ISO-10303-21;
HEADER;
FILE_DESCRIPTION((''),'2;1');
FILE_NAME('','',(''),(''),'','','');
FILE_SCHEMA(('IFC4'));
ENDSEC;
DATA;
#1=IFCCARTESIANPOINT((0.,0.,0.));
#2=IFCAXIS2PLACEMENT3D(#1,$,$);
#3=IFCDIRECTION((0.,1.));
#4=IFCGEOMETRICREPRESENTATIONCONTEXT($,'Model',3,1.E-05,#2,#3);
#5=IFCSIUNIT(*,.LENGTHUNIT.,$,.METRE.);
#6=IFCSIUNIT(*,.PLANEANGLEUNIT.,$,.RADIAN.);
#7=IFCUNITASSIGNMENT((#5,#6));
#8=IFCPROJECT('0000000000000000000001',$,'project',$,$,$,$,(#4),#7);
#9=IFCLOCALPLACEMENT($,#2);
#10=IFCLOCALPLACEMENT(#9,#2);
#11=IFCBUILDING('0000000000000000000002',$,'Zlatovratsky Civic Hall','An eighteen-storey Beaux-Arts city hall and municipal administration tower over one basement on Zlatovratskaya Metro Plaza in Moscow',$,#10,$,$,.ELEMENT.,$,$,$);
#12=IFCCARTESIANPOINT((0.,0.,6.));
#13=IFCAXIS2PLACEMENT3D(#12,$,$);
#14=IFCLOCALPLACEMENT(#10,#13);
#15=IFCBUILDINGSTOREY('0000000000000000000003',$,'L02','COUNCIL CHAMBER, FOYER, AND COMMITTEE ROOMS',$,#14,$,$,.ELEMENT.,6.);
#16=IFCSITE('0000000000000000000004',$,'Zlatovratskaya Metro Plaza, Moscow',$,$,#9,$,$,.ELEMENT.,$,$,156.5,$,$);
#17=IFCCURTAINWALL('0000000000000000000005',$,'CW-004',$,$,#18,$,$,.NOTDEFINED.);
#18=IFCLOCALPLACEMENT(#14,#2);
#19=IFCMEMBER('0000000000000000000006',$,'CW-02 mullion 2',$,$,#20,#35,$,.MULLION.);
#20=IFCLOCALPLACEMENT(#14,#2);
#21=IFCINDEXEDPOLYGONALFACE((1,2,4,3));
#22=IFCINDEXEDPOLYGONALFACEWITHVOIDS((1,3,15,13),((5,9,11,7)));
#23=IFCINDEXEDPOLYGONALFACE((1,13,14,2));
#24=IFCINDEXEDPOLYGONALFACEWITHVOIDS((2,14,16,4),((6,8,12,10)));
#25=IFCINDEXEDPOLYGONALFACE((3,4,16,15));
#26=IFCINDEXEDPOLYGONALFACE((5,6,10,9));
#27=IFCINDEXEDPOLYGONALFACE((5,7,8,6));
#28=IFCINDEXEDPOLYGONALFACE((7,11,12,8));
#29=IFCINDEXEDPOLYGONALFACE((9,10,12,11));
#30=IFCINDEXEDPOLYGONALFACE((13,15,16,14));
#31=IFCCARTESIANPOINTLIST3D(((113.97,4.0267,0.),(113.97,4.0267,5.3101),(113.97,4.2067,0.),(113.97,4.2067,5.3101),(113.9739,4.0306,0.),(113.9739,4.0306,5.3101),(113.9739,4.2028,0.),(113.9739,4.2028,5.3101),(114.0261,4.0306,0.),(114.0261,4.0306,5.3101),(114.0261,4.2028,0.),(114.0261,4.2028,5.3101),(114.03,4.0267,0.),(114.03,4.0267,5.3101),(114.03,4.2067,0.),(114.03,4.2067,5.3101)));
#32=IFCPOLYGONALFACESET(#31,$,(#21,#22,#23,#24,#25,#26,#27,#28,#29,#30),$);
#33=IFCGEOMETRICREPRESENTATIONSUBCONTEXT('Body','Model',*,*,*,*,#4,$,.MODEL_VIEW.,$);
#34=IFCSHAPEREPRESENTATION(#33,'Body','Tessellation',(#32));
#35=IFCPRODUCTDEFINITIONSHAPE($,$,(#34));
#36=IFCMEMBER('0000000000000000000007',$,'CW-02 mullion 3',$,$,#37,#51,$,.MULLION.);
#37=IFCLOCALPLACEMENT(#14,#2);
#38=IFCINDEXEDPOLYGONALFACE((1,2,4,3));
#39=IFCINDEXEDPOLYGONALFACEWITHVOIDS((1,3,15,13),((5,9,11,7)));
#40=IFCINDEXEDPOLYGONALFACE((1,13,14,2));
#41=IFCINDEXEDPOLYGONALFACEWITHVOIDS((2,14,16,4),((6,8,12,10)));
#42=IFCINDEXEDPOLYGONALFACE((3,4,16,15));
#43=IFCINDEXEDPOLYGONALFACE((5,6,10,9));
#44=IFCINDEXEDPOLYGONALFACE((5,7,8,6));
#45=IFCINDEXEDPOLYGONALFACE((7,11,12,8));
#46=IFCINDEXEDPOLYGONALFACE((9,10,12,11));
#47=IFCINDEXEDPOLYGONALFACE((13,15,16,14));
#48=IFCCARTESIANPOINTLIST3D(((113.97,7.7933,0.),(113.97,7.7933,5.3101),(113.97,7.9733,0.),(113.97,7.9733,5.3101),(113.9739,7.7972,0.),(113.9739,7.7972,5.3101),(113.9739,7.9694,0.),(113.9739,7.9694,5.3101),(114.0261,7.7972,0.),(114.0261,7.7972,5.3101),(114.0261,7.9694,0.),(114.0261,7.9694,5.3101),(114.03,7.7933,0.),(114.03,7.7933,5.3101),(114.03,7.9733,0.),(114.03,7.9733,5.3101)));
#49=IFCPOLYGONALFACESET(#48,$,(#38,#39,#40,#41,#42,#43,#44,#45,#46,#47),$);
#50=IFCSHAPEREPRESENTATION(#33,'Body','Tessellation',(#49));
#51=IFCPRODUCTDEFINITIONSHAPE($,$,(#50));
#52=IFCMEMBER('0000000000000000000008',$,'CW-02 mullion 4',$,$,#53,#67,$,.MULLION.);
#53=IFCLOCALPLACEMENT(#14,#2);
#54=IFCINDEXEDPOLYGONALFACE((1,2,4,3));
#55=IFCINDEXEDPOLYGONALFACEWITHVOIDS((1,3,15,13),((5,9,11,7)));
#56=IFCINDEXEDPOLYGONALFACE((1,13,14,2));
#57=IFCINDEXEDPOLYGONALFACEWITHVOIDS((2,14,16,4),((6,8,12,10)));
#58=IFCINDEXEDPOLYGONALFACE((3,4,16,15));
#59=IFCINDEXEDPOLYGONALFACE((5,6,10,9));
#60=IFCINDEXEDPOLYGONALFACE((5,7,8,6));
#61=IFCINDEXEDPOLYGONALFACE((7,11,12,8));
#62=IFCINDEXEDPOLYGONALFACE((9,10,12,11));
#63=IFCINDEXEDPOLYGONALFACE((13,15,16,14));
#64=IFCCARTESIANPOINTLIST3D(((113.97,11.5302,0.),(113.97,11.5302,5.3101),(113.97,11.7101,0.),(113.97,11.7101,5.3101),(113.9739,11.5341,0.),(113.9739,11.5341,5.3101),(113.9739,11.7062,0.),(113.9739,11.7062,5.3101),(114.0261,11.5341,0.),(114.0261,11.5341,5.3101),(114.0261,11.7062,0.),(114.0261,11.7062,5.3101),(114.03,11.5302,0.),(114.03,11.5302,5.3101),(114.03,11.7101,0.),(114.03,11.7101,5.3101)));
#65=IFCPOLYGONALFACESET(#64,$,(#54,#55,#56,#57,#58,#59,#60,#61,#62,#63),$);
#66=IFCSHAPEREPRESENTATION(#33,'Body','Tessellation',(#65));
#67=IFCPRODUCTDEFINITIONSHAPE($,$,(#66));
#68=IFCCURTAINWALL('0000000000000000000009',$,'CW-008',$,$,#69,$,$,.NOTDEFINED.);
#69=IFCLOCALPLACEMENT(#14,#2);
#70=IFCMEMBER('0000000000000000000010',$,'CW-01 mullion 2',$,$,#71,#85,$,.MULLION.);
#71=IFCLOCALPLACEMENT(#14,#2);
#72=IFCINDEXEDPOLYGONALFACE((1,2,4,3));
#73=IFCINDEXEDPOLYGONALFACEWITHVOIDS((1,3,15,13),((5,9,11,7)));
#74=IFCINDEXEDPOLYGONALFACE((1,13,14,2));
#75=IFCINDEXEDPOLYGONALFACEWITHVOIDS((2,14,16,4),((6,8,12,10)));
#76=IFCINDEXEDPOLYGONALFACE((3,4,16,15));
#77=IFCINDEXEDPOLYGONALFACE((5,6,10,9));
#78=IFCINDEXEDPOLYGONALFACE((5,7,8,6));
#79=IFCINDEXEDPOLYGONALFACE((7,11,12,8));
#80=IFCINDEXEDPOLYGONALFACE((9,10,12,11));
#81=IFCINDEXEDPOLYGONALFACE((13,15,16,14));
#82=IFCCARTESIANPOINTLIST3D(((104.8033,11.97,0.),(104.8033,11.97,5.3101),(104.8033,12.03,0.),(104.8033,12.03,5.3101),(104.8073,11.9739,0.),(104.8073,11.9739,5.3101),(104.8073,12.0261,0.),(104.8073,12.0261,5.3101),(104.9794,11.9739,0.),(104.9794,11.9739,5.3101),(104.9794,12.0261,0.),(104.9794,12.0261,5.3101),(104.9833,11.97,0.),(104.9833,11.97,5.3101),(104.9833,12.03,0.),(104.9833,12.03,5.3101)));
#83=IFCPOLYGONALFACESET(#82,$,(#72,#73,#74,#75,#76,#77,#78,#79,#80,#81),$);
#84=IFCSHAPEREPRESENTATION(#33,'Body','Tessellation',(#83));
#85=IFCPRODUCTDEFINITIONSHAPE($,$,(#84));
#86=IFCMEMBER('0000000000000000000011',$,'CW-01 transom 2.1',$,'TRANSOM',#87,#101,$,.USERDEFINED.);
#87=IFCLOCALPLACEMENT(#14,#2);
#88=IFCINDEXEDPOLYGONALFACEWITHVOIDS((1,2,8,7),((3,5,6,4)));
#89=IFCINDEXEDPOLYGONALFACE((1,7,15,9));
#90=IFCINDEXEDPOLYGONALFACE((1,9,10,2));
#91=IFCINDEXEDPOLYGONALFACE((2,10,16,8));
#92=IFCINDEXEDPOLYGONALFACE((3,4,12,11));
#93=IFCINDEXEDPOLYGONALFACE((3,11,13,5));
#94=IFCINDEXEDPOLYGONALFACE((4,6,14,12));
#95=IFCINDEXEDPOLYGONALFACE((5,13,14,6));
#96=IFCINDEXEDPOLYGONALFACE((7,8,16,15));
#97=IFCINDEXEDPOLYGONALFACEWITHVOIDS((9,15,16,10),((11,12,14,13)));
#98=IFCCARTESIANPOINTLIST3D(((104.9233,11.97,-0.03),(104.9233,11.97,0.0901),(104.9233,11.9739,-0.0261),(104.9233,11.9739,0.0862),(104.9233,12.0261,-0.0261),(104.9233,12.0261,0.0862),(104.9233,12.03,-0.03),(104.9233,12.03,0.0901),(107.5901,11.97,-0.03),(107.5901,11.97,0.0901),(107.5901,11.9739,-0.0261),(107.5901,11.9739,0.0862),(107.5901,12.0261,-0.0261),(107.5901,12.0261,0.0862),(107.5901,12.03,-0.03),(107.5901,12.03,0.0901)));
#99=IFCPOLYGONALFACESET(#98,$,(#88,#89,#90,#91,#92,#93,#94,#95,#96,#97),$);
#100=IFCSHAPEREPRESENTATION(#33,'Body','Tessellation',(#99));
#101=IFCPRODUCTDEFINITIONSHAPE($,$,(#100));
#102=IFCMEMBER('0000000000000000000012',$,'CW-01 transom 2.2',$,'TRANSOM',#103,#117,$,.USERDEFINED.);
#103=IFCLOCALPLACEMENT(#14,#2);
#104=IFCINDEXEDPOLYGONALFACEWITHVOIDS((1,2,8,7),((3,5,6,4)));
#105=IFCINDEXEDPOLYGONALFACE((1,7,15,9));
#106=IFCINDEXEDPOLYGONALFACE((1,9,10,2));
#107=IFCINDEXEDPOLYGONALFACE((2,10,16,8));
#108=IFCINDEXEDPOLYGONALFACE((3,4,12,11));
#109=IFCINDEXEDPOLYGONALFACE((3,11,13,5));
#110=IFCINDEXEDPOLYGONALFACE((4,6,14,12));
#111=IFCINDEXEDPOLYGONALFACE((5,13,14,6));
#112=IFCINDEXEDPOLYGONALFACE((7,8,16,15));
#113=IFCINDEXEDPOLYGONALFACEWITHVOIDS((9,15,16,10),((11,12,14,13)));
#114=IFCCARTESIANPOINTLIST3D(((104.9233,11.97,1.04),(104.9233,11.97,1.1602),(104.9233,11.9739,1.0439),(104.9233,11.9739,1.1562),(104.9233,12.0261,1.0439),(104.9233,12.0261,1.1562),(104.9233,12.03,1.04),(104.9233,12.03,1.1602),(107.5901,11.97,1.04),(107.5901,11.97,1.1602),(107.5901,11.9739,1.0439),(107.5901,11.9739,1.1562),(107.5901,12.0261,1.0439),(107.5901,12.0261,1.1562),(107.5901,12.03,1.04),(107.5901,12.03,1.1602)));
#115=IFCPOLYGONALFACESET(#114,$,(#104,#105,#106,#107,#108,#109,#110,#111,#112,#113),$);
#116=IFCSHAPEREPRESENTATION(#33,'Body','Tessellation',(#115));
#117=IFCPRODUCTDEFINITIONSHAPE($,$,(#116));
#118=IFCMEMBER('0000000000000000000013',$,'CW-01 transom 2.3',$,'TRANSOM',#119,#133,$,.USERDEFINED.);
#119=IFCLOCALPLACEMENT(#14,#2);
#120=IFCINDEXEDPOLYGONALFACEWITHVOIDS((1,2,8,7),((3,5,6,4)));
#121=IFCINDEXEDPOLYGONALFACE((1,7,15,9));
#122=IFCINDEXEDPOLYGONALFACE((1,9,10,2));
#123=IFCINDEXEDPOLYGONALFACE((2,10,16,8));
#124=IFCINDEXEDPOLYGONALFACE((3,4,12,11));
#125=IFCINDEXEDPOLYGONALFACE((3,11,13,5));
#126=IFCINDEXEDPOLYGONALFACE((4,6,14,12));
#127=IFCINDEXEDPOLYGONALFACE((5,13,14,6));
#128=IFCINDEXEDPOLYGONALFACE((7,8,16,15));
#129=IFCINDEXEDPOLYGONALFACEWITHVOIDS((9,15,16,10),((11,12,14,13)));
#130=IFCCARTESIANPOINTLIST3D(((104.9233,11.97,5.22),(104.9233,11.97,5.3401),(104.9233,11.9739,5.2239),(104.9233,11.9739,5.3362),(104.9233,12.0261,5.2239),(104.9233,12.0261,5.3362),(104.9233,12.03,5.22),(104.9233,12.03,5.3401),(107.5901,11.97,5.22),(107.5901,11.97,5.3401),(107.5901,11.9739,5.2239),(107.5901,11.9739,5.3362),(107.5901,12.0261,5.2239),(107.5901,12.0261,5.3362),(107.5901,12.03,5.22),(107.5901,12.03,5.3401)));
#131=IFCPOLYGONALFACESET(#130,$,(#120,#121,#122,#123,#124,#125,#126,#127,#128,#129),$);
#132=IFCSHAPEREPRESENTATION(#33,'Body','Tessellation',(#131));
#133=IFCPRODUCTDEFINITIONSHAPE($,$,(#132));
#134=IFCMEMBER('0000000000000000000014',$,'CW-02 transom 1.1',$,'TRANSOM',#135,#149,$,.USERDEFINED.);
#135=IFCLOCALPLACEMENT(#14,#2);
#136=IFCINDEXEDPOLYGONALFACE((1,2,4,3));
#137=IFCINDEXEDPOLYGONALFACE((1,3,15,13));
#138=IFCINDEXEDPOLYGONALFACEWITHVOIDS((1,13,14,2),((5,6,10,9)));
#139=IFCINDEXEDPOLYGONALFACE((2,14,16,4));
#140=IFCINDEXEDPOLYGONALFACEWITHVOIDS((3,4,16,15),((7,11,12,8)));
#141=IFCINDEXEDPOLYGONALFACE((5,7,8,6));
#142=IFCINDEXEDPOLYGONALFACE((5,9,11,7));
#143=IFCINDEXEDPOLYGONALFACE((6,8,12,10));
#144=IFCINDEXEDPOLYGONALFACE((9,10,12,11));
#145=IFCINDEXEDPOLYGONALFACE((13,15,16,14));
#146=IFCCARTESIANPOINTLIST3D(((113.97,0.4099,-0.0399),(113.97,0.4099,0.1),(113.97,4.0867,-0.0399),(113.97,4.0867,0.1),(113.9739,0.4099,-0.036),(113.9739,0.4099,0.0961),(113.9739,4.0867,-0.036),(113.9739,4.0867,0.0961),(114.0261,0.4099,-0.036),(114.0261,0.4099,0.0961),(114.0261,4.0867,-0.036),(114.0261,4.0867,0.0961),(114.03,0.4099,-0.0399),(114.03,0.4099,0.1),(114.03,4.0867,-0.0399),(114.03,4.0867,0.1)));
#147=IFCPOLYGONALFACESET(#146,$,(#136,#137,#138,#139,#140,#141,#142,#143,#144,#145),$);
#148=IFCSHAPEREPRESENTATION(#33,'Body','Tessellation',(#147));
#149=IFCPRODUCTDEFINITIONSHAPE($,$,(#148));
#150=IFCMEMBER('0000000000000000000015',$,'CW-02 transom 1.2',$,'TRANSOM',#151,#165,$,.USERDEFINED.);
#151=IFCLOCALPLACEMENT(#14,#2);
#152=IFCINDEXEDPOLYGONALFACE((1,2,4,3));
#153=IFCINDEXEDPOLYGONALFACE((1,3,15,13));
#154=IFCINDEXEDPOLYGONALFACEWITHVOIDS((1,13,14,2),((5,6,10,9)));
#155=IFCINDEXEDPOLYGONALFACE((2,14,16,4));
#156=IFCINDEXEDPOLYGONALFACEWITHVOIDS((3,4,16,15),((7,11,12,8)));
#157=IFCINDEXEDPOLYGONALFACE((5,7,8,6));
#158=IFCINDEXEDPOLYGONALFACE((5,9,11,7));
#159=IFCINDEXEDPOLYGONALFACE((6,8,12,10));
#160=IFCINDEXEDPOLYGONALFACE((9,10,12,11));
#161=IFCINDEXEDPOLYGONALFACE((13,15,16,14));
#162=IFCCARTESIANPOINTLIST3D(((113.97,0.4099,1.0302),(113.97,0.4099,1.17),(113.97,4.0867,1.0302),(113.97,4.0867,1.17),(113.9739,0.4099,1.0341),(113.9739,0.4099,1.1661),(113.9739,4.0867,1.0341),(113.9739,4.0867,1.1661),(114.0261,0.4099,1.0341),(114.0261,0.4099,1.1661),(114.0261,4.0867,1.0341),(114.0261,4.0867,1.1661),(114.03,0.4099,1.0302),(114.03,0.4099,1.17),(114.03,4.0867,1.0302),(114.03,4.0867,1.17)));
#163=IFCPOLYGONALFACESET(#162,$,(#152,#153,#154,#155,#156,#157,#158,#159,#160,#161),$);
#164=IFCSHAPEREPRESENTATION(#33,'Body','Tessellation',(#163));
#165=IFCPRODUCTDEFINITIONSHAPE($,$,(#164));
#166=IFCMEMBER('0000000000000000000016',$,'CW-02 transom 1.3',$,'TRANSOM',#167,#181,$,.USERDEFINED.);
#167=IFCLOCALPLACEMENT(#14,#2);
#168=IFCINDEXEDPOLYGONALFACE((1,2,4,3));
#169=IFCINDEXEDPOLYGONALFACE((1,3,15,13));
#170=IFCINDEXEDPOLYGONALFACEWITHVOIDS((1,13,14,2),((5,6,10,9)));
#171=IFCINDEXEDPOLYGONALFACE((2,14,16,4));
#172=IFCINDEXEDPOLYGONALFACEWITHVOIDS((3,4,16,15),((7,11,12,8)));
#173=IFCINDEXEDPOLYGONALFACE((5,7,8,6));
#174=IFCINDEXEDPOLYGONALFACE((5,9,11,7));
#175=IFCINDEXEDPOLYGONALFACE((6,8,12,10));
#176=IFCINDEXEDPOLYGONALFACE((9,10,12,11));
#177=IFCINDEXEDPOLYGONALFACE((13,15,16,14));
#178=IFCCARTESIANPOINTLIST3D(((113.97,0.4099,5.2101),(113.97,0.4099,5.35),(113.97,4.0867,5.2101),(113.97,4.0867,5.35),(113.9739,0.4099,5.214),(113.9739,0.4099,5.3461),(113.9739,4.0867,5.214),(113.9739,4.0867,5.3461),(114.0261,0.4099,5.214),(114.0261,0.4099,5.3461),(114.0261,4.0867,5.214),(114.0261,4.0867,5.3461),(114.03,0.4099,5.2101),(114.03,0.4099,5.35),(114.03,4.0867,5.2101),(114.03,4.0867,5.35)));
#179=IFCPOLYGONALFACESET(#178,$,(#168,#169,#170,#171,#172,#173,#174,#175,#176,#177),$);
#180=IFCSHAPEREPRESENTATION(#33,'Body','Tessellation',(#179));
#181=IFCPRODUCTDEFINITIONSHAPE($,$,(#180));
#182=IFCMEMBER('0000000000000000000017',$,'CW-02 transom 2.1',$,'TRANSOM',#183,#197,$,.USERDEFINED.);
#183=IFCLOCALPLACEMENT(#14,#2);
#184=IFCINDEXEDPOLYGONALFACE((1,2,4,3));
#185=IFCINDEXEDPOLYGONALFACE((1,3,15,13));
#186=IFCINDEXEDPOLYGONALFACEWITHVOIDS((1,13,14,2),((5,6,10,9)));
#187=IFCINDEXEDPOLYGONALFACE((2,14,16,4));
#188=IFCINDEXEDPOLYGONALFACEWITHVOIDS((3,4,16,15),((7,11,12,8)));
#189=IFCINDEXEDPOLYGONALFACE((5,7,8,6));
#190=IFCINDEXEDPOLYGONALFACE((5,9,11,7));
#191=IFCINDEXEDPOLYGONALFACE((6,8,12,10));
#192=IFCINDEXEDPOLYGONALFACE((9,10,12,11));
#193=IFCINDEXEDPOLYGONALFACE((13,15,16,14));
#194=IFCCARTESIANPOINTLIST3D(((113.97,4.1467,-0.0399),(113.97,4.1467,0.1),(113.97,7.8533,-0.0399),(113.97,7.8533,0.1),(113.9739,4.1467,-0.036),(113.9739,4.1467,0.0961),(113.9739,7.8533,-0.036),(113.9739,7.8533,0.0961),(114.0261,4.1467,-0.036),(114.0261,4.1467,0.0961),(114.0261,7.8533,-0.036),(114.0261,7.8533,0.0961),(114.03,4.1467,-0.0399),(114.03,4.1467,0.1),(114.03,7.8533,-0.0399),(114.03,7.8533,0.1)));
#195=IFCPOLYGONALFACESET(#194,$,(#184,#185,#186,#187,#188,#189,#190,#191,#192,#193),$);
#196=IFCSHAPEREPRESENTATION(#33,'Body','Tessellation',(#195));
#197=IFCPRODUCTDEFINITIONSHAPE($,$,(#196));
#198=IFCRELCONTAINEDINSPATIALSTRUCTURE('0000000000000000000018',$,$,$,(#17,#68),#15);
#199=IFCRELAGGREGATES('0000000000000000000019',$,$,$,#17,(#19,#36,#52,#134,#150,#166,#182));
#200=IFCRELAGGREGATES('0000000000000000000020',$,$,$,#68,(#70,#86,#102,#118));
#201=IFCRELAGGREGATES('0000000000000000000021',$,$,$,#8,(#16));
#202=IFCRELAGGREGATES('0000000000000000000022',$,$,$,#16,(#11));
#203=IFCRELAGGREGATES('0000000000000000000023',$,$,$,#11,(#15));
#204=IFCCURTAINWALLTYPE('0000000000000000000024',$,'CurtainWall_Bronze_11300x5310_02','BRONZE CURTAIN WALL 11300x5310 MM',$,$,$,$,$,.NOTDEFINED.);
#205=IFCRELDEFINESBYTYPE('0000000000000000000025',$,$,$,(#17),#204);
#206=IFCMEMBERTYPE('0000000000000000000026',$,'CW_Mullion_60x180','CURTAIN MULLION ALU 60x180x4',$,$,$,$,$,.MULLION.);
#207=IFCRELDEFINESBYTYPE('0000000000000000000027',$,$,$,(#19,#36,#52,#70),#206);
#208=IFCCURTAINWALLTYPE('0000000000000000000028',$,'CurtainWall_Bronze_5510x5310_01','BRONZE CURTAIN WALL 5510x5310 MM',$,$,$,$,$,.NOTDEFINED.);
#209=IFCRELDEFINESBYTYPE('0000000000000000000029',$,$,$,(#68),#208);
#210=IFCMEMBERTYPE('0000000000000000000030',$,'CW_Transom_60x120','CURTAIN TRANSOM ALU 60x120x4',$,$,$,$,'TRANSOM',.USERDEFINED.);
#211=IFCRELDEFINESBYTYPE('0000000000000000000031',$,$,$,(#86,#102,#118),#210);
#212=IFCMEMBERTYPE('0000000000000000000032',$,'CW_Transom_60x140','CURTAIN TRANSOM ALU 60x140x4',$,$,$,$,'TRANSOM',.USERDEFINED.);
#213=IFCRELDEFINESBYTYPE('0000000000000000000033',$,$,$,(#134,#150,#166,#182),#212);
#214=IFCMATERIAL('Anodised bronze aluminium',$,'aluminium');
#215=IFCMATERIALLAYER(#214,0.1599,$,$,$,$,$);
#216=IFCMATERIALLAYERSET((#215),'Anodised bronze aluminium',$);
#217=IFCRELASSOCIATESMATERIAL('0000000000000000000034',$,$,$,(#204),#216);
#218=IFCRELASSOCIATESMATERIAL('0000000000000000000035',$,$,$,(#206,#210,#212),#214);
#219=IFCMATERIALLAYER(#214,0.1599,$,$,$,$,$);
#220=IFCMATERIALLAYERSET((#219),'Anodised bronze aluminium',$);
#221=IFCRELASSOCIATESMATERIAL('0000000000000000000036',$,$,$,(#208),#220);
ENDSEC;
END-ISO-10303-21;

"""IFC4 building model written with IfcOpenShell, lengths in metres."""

from ifc_helpers import new_model, si_unit, direction, frame, origin, origin_2d, place, context, subcontext, project, spatial, hollow_rectangle, extrude, material, layer, layer_set, material_profile, profile_set, type_object, element, aggregate, save


model = new_model("IFC4")

# Units and contexts
model_context = context("Model", 3, precision=1e-05, world=origin(), true_north=direction((0.0, 1.0)))
body_context = subcontext(model_context, "Body", "Model", "MODEL_VIEW")
ifc_project = project(units=[si_unit("LENGTHUNIT", "METRE"), si_unit("PLANEANGLEUNIT", "RADIAN")], contexts=[model_context])

# Site, building, storey
site_placement = place(None, origin())
site = spatial("IfcSite", under=ifc_project, at=site_placement, Name="Zlatovratskaya Metro Plaza, Moscow", CompositionType="ELEMENT", RefElevation=156.5)
building_placement = place(site_placement, origin())
building = spatial("IfcBuilding", under=site, at=building_placement, Name="Zlatovratsky Civic Hall", Description="An eighteen-storey Beaux-Arts city hall and municipal administration tower over one basement on Zlatovratskaya Metro Plaza in Moscow", CompositionType="ELEMENT")
storey_placement = place(building_placement, frame((0.0, 0.0, 6.0)))
storey = spatial("IfcBuildingStorey", under=building, at=storey_placement, Name="L02", Description="COUNCIL CHAMBER, FOYER, AND COMMITTEE ROOMS", CompositionType="ELEMENT", Elevation=6.0)

# Curtain walls, members
ifc_material_1 = material(Name="Anodised bronze aluminium", Category="aluminium")
ifc_layer_1 = layer(ifc_material_1, 0.1599)
ifc_layer_set_1 = layer_set([ifc_layer_1], Name="Anodised bronze aluminium")
curtain_wall_type_1 = type_object("IfcCurtainWallType", Name="CurtainWall_Bronze_11300x5310_02", Description="BRONZE CURTAIN WALL 11300x5310 MM", PredefinedType="NOTDEFINED", material=ifc_layer_set_1)
curtain_wall_1_placement = place(storey_placement, origin())
curtain_wall_1 = element("IfcCurtainWall", 1, at=curtain_wall_1_placement, inside=storey, type_object=curtain_wall_type_1, Name="CW-004", PredefinedType="NOTDEFINED")
ifc_material_profile_1 = material_profile(ifc_material_1, hollow_rectangle(XDim=0.0601, YDim=0.1799, WallThickness=0.0039, at=origin_2d()), Name="ALU 60x180x4")
ifc_profile_set_1 = profile_set([ifc_material_profile_1], Name="Anodised bronze aluminium")
member_type_1 = type_object("IfcMemberType", Name="CW_Mullion_60x180", Description="CURTAIN MULLION ALU 60x180x4", PredefinedType="MULLION", material=ifc_profile_set_1)
member_1_placement = place(storey_placement, frame((114.0, 4.1167, 0.0), z_axis=(0.0, 0.0, 1.0), x_axis=(-1.0, 0.0, 0.0)))
member_1 = element("IfcMember", 2, at=member_1_placement, type_object=member_type_1, Name="CW-02 mullion 2", PredefinedType="MULLION", context=body_context, shape_type="SweptSolid", body=[
    extrude(hollow_rectangle(XDim=0.0601, YDim=0.1799, WallThickness=0.0039, at=origin_2d()), origin(), (0.0, 0.0, 1.0), 5.3101),
])
member_2_placement = place(storey_placement, frame((114.0, 7.8833, 0.0), z_axis=(0.0, 0.0, 1.0), x_axis=(-1.0, 0.0, 0.0)))
member_2 = element("IfcMember", 3, at=member_2_placement, type_object=member_type_1, Name="CW-02 mullion 3", PredefinedType="MULLION", context=body_context, shape_type="SweptSolid", body=[
    extrude(hollow_rectangle(XDim=0.0601, YDim=0.1799, WallThickness=0.0039, at=origin_2d()), origin(), (0.0, 0.0, 1.0), 5.3101),
])
member_3_placement = place(storey_placement, frame((114.0, 11.6201, 0.0), z_axis=(0.0, 0.0, 1.0), x_axis=(-1.0, 0.0, 0.0)))
member_3 = element("IfcMember", 4, at=member_3_placement, type_object=member_type_1, Name="CW-02 mullion 4", PredefinedType="MULLION", context=body_context, shape_type="SweptSolid", body=[
    extrude(hollow_rectangle(XDim=0.0601, YDim=0.1799, WallThickness=0.0039, at=origin_2d()), origin(), (0.0, 0.0, 1.0), 5.3101),
])
ifc_layer_2 = layer(ifc_material_1, 0.1599)
ifc_layer_set_2 = layer_set([ifc_layer_2], Name="Anodised bronze aluminium")
curtain_wall_type_2 = type_object("IfcCurtainWallType", Name="CurtainWall_Bronze_5510x5310_01", Description="BRONZE CURTAIN WALL 5510x5310 MM", PredefinedType="NOTDEFINED", material=ifc_layer_set_2)
curtain_wall_2_placement = place(storey_placement, origin())
curtain_wall_2 = element("IfcCurtainWall", 5, at=curtain_wall_2_placement, inside=storey, type_object=curtain_wall_type_2, Name="CW-008", PredefinedType="NOTDEFINED")
member_4_placement = place(storey_placement, frame((104.8933, 12.0, 0.0), z_axis=(0.0, 0.0, 1.0), x_axis=(0.0, 1.0, 0.0)))
member_4 = element("IfcMember", 6, at=member_4_placement, type_object=member_type_1, Name="CW-01 mullion 2", PredefinedType="MULLION", context=body_context, shape_type="SweptSolid", body=[
    extrude(hollow_rectangle(XDim=0.0601, YDim=0.1799, WallThickness=0.0039, at=origin_2d()), origin(), (0.0, 0.0, 1.0), 5.3101),
])
ifc_material_profile_2 = material_profile(ifc_material_1, hollow_rectangle(XDim=0.0601, YDim=0.1201, WallThickness=0.0039, at=origin_2d()), Name="ALU 60x120x4")
ifc_profile_set_2 = profile_set([ifc_material_profile_2], Name="Anodised bronze aluminium")
member_type_2 = type_object("IfcMemberType", Name="CW_Transom_60x120", Description="CURTAIN TRANSOM ALU 60x120x4", ElementType="TRANSOM", PredefinedType="USERDEFINED", material=ifc_profile_set_2)
member_5_placement = place(storey_placement, frame((104.9233, 12.0, 0.03), z_axis=(1.0, 0.0, 0.0), x_axis=(0.0, 1.0, 0.0)))
member_5 = element("IfcMember", 7, at=member_5_placement, type_object=member_type_2, Name="CW-01 transom 2.1", ObjectType="TRANSOM", PredefinedType="USERDEFINED", context=body_context, shape_type="SweptSolid", body=[
    extrude(hollow_rectangle(XDim=0.0601, YDim=0.1201, WallThickness=0.0039, at=origin_2d()), origin(), (0.0, 0.0, 1.0), 2.6667),
])
member_6_placement = place(storey_placement, frame((104.9233, 12.0, 1.1001), z_axis=(1.0, 0.0, 0.0), x_axis=(0.0, 1.0, 0.0)))
member_6 = element("IfcMember", 8, at=member_6_placement, type_object=member_type_2, Name="CW-01 transom 2.2", ObjectType="TRANSOM", PredefinedType="USERDEFINED", context=body_context, shape_type="SweptSolid", body=[
    extrude(hollow_rectangle(XDim=0.0601, YDim=0.1201, WallThickness=0.0039, at=origin_2d()), origin(), (0.0, 0.0, 1.0), 2.6667),
])
member_7_placement = place(storey_placement, frame((104.9233, 12.0, 5.28), z_axis=(1.0, 0.0, 0.0), x_axis=(0.0, 1.0, 0.0)))
member_7 = element("IfcMember", 9, at=member_7_placement, type_object=member_type_2, Name="CW-01 transom 2.3", ObjectType="TRANSOM", PredefinedType="USERDEFINED", context=body_context, shape_type="SweptSolid", body=[
    extrude(hollow_rectangle(XDim=0.0601, YDim=0.1201, WallThickness=0.0039, at=origin_2d()), origin(), (0.0, 0.0, 1.0), 2.6667),
])

# Members
ifc_material_profile_3 = material_profile(ifc_material_1, hollow_rectangle(XDim=0.0601, YDim=0.1399, WallThickness=0.0039, at=origin_2d()), Name="ALU 60x140x4")
ifc_profile_set_3 = profile_set([ifc_material_profile_3], Name="Anodised bronze aluminium")
member_type_3 = type_object("IfcMemberType", Name="CW_Transom_60x140", Description="CURTAIN TRANSOM ALU 60x140x4", ElementType="TRANSOM", PredefinedType="USERDEFINED", material=ifc_profile_set_3)
member_8_placement = place(storey_placement, frame((114.0, 0.4099, 0.03), z_axis=(0.0, 1.0, 0.0), x_axis=(-1.0, 0.0, 0.0)))
member_8 = element("IfcMember", 10, at=member_8_placement, type_object=member_type_3, Name="CW-02 transom 1.1", ObjectType="TRANSOM", PredefinedType="USERDEFINED", context=body_context, shape_type="SweptSolid", body=[
    extrude(hollow_rectangle(XDim=0.0601, YDim=0.1399, WallThickness=0.0039, at=origin_2d()), origin(), (0.0, 0.0, 1.0), 3.6768),
])
member_9_placement = place(storey_placement, frame((114.0, 0.4099, 1.1001), z_axis=(0.0, 1.0, 0.0), x_axis=(-1.0, 0.0, 0.0)))
member_9 = element("IfcMember", 11, at=member_9_placement, type_object=member_type_3, Name="CW-02 transom 1.2", ObjectType="TRANSOM", PredefinedType="USERDEFINED", context=body_context, shape_type="SweptSolid", body=[
    extrude(hollow_rectangle(XDim=0.0601, YDim=0.1399, WallThickness=0.0039, at=origin_2d()), origin(), (0.0, 0.0, 1.0), 3.6768),
])
member_10_placement = place(storey_placement, frame((114.0, 0.4099, 5.28), z_axis=(0.0, 1.0, 0.0), x_axis=(-1.0, 0.0, 0.0)))
member_10 = element("IfcMember", 12, at=member_10_placement, type_object=member_type_3, Name="CW-02 transom 1.3", ObjectType="TRANSOM", PredefinedType="USERDEFINED", context=body_context, shape_type="SweptSolid", body=[
    extrude(hollow_rectangle(XDim=0.0601, YDim=0.1399, WallThickness=0.0039, at=origin_2d()), origin(), (0.0, 0.0, 1.0), 3.6768),
])
member_11_placement = place(storey_placement, frame((114.0, 4.1467, 0.03), z_axis=(0.0, 1.0, 0.0), x_axis=(-1.0, 0.0, 0.0)))
member_11 = element("IfcMember", 13, at=member_11_placement, type_object=member_type_3, Name="CW-02 transom 2.1", ObjectType="TRANSOM", PredefinedType="USERDEFINED", context=body_context, shape_type="SweptSolid", body=[
    extrude(hollow_rectangle(XDim=0.0601, YDim=0.1399, WallThickness=0.0039, at=origin_2d()), origin(), (0.0, 0.0, 1.0), 3.7065),
])

aggregate(curtain_wall_1, [member_1, member_2, member_3, member_8, member_9, member_10, member_11])
aggregate(curtain_wall_2, [member_4, member_5, member_6, member_7])

save(model, "model.ifc")
